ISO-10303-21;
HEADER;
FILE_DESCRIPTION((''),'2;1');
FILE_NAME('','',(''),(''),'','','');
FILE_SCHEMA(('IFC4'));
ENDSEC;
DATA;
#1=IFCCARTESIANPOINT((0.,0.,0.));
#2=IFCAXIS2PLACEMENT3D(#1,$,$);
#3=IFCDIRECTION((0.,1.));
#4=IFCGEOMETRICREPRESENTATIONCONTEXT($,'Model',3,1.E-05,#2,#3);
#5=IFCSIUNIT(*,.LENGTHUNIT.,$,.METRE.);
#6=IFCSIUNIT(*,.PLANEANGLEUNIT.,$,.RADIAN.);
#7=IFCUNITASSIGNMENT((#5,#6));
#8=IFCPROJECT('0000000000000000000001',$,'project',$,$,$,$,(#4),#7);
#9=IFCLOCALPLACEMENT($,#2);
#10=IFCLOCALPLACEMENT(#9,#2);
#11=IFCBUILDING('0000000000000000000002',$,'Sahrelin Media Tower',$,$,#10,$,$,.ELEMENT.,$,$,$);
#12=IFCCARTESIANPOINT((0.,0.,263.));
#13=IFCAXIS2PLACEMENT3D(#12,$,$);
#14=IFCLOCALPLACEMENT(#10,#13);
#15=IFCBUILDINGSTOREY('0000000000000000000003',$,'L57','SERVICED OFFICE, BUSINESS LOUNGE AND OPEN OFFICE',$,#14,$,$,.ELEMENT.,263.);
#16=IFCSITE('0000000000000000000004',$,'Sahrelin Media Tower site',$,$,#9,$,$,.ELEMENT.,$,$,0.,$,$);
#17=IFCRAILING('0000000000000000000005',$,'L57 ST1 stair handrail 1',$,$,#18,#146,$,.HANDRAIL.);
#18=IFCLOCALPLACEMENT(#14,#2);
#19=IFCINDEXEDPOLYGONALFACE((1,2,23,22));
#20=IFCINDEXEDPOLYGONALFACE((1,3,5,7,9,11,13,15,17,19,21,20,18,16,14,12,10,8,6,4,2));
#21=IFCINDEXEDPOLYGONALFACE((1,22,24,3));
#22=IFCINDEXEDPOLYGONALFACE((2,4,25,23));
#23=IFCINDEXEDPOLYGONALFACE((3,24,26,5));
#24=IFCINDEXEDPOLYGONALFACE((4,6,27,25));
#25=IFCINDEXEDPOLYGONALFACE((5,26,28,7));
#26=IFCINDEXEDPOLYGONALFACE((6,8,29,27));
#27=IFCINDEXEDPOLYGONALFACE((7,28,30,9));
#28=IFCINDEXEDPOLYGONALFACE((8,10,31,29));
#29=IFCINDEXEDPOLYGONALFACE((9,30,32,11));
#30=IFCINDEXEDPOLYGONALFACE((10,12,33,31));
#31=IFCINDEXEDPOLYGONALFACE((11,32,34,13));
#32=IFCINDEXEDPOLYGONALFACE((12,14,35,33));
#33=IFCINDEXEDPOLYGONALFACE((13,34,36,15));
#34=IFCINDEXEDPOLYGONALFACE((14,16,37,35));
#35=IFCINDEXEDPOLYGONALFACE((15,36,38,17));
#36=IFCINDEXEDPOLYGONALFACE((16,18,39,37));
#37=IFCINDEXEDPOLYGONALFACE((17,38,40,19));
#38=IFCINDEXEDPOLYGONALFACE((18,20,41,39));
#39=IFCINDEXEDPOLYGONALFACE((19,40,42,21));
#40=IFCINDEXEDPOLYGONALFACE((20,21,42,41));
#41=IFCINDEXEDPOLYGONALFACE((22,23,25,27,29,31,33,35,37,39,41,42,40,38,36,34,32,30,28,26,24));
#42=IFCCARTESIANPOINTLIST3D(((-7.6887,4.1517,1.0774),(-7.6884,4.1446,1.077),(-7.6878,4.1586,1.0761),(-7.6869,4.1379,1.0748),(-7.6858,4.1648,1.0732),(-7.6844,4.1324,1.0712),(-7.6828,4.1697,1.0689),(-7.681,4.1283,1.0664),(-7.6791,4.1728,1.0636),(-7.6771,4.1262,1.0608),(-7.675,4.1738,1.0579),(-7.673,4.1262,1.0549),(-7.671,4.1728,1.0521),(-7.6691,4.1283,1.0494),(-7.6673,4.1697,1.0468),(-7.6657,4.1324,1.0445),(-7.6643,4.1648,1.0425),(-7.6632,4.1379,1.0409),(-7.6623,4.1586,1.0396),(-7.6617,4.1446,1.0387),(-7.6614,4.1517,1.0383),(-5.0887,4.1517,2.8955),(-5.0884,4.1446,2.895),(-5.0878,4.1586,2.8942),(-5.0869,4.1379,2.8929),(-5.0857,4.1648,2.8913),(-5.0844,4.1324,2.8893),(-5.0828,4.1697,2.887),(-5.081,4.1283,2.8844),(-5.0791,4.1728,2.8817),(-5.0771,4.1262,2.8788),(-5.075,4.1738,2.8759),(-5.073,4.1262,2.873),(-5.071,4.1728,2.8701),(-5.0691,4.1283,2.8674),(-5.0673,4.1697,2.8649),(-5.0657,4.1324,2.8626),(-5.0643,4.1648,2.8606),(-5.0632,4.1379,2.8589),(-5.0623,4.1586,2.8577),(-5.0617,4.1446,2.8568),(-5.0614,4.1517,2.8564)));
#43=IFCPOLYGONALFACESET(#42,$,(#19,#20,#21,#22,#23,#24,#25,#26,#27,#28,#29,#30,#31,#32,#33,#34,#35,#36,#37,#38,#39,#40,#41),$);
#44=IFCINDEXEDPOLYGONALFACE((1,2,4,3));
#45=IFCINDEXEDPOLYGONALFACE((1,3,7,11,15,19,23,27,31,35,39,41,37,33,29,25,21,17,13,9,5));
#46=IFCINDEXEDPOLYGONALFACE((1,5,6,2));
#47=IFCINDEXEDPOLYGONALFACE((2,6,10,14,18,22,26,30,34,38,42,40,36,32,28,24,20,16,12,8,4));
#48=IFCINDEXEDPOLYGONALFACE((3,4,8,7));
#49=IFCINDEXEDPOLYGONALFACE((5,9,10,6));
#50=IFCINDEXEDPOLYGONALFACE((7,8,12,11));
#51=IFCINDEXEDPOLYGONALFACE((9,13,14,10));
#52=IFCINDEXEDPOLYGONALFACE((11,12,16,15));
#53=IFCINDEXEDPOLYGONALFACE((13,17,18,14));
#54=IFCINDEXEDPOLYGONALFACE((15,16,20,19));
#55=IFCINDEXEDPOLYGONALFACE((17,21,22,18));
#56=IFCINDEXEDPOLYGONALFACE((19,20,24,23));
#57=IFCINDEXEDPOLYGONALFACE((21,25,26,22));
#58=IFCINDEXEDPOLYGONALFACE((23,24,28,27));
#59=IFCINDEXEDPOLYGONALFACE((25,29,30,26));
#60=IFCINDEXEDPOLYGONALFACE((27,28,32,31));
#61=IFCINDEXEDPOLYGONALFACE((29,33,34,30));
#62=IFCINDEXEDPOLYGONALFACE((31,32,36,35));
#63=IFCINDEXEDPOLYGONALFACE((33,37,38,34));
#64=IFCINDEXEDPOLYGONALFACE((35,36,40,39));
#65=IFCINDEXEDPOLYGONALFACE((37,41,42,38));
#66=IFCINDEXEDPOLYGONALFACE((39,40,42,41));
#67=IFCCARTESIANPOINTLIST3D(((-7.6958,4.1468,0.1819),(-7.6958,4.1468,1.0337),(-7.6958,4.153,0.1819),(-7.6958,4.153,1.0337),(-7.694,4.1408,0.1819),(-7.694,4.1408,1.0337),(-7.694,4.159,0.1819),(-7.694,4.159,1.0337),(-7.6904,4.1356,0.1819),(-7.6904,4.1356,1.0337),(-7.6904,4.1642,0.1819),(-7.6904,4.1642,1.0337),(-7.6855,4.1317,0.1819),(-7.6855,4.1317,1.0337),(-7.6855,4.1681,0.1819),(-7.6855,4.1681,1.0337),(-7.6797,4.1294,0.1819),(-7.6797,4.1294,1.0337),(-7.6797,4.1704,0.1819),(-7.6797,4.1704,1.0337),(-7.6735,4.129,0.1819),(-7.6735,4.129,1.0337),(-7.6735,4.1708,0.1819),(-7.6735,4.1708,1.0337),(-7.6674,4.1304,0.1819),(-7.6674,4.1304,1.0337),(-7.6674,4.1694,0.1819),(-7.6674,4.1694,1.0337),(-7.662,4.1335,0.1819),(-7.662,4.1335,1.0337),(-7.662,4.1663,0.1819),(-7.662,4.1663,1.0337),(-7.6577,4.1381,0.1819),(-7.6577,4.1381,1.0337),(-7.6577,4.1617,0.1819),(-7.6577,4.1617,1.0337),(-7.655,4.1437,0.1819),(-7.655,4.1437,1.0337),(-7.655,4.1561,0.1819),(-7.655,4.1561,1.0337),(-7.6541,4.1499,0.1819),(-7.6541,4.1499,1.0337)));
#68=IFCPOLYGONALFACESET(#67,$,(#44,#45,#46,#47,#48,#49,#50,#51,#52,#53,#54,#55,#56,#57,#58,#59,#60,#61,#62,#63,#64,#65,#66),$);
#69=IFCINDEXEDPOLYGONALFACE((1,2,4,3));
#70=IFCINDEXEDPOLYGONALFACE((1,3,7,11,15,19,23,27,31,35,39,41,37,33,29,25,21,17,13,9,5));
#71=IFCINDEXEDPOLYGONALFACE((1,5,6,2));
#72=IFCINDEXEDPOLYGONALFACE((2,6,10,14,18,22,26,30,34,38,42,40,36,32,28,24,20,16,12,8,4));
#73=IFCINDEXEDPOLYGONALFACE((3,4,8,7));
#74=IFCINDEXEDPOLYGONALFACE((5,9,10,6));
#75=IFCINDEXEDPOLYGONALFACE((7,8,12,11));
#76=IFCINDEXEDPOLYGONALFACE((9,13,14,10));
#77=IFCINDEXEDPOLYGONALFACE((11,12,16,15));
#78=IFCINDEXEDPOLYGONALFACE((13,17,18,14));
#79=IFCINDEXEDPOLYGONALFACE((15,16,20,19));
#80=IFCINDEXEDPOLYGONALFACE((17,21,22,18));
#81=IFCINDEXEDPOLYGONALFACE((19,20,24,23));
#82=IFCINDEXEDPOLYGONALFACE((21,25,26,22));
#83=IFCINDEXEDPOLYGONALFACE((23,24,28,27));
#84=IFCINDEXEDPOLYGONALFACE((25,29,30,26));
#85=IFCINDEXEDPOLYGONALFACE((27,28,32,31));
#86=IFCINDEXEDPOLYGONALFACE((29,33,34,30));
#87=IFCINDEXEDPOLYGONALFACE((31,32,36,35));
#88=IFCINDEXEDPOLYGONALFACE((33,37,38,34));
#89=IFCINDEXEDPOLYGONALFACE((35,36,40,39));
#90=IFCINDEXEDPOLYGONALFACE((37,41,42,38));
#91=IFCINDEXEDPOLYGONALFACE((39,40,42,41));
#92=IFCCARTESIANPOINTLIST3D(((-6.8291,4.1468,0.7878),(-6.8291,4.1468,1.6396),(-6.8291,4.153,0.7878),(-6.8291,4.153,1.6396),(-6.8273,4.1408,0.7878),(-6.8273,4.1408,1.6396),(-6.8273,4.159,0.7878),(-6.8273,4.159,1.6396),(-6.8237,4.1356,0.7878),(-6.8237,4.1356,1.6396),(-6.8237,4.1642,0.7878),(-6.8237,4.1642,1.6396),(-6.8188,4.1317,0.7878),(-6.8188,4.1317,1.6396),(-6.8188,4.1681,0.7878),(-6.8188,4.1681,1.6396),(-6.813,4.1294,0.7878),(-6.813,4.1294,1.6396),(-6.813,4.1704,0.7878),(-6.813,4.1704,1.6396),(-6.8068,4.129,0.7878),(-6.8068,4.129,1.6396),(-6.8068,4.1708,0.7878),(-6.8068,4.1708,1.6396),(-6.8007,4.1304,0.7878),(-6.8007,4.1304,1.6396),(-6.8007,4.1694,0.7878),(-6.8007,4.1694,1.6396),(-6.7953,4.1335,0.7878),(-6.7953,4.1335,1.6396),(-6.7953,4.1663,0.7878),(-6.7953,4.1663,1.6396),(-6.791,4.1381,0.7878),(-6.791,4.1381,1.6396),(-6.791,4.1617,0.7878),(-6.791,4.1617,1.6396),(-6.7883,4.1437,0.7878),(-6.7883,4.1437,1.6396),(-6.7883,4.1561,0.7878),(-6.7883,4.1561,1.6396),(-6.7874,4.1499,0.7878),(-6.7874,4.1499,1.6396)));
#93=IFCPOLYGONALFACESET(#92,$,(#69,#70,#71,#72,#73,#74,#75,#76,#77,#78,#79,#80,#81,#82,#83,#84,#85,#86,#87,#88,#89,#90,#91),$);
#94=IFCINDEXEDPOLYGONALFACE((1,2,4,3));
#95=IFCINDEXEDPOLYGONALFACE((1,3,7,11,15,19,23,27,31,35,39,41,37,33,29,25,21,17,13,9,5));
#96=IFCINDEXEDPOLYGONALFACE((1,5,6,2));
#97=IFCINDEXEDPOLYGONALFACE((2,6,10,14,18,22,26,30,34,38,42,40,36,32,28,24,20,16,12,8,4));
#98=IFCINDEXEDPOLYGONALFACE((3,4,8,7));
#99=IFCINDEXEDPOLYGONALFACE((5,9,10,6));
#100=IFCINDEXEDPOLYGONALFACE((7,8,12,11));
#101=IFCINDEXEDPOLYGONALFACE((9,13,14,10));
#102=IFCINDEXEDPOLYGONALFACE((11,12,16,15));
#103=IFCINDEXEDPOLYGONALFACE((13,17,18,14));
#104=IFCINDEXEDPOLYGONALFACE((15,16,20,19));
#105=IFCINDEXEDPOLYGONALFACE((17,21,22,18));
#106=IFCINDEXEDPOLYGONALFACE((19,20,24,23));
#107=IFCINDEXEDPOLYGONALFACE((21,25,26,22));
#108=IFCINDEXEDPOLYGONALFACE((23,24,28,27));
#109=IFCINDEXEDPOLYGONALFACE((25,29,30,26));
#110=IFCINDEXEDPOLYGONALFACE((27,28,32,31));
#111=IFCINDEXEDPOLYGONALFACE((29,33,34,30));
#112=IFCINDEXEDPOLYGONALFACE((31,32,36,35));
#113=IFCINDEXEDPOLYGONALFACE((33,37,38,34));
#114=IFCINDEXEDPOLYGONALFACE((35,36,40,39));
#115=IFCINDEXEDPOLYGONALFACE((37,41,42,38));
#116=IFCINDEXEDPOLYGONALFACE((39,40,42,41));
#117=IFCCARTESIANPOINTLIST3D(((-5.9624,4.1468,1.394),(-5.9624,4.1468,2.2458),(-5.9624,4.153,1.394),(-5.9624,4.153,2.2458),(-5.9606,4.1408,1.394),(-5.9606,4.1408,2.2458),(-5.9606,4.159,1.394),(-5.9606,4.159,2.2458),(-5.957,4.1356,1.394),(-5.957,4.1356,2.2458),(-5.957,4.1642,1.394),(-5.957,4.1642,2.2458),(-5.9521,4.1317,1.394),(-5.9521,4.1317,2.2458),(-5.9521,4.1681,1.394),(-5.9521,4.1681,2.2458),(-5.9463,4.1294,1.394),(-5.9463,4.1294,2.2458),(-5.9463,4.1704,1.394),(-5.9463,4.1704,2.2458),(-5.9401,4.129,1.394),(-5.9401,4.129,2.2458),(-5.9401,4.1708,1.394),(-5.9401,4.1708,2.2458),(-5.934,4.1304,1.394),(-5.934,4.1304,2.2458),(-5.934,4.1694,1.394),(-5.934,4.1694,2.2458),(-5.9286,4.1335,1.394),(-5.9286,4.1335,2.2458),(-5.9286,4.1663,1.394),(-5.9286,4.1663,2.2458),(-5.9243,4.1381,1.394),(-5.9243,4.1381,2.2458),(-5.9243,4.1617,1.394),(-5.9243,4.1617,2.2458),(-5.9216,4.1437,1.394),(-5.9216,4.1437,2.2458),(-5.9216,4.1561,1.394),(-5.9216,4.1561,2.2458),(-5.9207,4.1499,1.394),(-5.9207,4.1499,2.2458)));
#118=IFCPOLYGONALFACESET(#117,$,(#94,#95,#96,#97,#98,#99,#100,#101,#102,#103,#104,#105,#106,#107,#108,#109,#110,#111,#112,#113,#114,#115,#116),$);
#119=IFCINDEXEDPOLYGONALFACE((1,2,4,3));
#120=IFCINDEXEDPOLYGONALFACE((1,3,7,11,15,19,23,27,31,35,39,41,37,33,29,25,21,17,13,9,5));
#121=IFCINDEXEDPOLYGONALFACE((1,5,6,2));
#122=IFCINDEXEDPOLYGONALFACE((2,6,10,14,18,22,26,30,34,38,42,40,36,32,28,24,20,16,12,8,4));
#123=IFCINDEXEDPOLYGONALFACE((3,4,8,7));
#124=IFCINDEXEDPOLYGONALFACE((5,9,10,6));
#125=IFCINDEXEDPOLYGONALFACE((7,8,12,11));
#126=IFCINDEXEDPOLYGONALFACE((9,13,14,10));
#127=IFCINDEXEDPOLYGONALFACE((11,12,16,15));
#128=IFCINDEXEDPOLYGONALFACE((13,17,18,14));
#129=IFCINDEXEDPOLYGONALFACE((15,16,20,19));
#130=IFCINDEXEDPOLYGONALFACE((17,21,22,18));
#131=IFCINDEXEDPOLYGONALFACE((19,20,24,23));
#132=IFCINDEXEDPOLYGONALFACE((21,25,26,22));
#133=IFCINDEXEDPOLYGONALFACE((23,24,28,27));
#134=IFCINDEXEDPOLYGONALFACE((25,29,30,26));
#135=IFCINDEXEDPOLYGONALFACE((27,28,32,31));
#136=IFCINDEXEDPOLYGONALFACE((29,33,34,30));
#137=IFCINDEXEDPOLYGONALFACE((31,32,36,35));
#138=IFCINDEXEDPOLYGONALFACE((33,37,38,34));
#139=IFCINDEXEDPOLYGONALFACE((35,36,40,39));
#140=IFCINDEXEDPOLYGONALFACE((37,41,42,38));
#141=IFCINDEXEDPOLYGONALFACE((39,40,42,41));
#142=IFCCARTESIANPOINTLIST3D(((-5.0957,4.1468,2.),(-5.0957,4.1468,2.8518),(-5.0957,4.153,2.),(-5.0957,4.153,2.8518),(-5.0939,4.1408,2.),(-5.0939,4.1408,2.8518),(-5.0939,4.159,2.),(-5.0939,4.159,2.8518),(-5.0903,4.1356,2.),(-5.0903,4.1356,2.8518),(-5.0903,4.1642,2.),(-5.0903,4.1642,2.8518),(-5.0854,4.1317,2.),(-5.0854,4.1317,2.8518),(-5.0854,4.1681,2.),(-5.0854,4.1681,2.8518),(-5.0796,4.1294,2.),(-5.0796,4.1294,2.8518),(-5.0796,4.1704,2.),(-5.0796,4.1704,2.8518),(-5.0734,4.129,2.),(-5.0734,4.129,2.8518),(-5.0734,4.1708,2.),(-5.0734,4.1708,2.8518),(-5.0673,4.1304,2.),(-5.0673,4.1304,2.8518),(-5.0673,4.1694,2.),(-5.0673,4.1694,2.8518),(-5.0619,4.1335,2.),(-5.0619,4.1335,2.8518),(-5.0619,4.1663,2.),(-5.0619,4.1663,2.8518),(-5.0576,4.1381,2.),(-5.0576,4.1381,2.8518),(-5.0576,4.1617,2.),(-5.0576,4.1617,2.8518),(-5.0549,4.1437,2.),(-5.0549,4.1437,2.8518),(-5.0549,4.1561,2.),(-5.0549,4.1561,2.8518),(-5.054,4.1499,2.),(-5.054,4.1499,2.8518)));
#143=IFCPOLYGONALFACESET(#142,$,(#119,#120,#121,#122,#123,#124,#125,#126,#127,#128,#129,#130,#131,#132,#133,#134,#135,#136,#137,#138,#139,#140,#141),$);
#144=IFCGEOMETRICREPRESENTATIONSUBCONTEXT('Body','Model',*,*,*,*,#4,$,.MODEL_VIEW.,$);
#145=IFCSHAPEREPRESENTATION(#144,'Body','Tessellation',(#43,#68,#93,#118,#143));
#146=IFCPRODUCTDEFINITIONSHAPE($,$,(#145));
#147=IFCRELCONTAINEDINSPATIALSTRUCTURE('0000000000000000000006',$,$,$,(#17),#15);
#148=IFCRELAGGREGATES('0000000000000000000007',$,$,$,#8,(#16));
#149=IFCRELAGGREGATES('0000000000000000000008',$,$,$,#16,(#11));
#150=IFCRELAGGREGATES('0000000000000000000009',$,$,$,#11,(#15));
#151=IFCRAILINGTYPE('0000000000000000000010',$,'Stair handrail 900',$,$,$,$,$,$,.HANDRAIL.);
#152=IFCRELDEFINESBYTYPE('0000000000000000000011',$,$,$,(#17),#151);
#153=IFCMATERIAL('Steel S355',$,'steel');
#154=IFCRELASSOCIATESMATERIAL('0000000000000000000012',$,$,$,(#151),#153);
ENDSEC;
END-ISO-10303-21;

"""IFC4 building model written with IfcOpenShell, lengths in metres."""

from ifc_helpers import new_model, si_unit, direction, frame, origin, origin_2d, place, context, subcontext, project, spatial, circle, extrude, material, type_object, element, save


model = new_model("IFC4")

# Units and contexts
model_context = context("Model", 3, precision=1e-05, world=origin(), true_north=direction((0.0, 1.0)))
body_context = subcontext(model_context, "Body", "Model", "MODEL_VIEW")
ifc_project = project(units=[si_unit("LENGTHUNIT", "METRE"), si_unit("PLANEANGLEUNIT", "RADIAN")], contexts=[model_context])

# Site, building, storey
site_placement = place(None, origin())
site = spatial("IfcSite", under=ifc_project, at=site_placement, Name="Sahrelin Media Tower site", CompositionType="ELEMENT", RefElevation=0.0)
building_placement = place(site_placement, origin())
building = spatial("IfcBuilding", under=site, at=building_placement, Name="Sahrelin Media Tower", CompositionType="ELEMENT")
storey_placement = place(building_placement, frame((0.0, 0.0, 263.0)))
storey = spatial("IfcBuildingStorey", under=building, at=storey_placement, Name="L57", Description="SERVICED OFFICE, BUSINESS LOUNGE AND OPEN OFFICE", CompositionType="ELEMENT", Elevation=263.0)

# Shared definitions
ifc_material_1 = material(Name="Steel S355", Category="steel")

# Railing
railing_type_1 = type_object("IfcRailingType", Name="Stair handrail 900", PredefinedType="HANDRAIL", material=ifc_material_1)
railing_1_placement = place(storey_placement, frame((-7.675, 4.1499, 0.1819)))
element("IfcRailing", 1, at=railing_1_placement, inside=storey, type_object=railing_type_1, Name="L57 ST1 stair handrail 1", PredefinedType="HANDRAIL", context=body_context, shape_type="SweptSolid", body=[
    extrude(circle(Radius=0.0239, at=origin_2d()), frame((0.0, 0.0, 0.876), z_axis=(0.819521, 0.0, 0.573049), x_axis=(0.0, 1.0, 0.0)), (0.0, 0.0, 1.0), 3.1726),
    extrude(circle(Radius=0.021, at=origin_2d()), origin(), (0.0, 0.0, 1.0), 0.8518),
    extrude(circle(Radius=0.021, at=origin_2d()), frame((0.8667, 0.0, 0.606)), (0.0, 0.0, 1.0), 0.8518),
    extrude(circle(Radius=0.021, at=origin_2d()), frame((1.7334, 0.0, 1.2122)), (0.0, 0.0, 1.0), 0.8518),
    extrude(circle(Radius=0.021, at=origin_2d()), frame((2.6001, 0.0, 1.8181)), (0.0, 0.0, 1.0), 0.8518),
])

save(model, "model.ifc")
